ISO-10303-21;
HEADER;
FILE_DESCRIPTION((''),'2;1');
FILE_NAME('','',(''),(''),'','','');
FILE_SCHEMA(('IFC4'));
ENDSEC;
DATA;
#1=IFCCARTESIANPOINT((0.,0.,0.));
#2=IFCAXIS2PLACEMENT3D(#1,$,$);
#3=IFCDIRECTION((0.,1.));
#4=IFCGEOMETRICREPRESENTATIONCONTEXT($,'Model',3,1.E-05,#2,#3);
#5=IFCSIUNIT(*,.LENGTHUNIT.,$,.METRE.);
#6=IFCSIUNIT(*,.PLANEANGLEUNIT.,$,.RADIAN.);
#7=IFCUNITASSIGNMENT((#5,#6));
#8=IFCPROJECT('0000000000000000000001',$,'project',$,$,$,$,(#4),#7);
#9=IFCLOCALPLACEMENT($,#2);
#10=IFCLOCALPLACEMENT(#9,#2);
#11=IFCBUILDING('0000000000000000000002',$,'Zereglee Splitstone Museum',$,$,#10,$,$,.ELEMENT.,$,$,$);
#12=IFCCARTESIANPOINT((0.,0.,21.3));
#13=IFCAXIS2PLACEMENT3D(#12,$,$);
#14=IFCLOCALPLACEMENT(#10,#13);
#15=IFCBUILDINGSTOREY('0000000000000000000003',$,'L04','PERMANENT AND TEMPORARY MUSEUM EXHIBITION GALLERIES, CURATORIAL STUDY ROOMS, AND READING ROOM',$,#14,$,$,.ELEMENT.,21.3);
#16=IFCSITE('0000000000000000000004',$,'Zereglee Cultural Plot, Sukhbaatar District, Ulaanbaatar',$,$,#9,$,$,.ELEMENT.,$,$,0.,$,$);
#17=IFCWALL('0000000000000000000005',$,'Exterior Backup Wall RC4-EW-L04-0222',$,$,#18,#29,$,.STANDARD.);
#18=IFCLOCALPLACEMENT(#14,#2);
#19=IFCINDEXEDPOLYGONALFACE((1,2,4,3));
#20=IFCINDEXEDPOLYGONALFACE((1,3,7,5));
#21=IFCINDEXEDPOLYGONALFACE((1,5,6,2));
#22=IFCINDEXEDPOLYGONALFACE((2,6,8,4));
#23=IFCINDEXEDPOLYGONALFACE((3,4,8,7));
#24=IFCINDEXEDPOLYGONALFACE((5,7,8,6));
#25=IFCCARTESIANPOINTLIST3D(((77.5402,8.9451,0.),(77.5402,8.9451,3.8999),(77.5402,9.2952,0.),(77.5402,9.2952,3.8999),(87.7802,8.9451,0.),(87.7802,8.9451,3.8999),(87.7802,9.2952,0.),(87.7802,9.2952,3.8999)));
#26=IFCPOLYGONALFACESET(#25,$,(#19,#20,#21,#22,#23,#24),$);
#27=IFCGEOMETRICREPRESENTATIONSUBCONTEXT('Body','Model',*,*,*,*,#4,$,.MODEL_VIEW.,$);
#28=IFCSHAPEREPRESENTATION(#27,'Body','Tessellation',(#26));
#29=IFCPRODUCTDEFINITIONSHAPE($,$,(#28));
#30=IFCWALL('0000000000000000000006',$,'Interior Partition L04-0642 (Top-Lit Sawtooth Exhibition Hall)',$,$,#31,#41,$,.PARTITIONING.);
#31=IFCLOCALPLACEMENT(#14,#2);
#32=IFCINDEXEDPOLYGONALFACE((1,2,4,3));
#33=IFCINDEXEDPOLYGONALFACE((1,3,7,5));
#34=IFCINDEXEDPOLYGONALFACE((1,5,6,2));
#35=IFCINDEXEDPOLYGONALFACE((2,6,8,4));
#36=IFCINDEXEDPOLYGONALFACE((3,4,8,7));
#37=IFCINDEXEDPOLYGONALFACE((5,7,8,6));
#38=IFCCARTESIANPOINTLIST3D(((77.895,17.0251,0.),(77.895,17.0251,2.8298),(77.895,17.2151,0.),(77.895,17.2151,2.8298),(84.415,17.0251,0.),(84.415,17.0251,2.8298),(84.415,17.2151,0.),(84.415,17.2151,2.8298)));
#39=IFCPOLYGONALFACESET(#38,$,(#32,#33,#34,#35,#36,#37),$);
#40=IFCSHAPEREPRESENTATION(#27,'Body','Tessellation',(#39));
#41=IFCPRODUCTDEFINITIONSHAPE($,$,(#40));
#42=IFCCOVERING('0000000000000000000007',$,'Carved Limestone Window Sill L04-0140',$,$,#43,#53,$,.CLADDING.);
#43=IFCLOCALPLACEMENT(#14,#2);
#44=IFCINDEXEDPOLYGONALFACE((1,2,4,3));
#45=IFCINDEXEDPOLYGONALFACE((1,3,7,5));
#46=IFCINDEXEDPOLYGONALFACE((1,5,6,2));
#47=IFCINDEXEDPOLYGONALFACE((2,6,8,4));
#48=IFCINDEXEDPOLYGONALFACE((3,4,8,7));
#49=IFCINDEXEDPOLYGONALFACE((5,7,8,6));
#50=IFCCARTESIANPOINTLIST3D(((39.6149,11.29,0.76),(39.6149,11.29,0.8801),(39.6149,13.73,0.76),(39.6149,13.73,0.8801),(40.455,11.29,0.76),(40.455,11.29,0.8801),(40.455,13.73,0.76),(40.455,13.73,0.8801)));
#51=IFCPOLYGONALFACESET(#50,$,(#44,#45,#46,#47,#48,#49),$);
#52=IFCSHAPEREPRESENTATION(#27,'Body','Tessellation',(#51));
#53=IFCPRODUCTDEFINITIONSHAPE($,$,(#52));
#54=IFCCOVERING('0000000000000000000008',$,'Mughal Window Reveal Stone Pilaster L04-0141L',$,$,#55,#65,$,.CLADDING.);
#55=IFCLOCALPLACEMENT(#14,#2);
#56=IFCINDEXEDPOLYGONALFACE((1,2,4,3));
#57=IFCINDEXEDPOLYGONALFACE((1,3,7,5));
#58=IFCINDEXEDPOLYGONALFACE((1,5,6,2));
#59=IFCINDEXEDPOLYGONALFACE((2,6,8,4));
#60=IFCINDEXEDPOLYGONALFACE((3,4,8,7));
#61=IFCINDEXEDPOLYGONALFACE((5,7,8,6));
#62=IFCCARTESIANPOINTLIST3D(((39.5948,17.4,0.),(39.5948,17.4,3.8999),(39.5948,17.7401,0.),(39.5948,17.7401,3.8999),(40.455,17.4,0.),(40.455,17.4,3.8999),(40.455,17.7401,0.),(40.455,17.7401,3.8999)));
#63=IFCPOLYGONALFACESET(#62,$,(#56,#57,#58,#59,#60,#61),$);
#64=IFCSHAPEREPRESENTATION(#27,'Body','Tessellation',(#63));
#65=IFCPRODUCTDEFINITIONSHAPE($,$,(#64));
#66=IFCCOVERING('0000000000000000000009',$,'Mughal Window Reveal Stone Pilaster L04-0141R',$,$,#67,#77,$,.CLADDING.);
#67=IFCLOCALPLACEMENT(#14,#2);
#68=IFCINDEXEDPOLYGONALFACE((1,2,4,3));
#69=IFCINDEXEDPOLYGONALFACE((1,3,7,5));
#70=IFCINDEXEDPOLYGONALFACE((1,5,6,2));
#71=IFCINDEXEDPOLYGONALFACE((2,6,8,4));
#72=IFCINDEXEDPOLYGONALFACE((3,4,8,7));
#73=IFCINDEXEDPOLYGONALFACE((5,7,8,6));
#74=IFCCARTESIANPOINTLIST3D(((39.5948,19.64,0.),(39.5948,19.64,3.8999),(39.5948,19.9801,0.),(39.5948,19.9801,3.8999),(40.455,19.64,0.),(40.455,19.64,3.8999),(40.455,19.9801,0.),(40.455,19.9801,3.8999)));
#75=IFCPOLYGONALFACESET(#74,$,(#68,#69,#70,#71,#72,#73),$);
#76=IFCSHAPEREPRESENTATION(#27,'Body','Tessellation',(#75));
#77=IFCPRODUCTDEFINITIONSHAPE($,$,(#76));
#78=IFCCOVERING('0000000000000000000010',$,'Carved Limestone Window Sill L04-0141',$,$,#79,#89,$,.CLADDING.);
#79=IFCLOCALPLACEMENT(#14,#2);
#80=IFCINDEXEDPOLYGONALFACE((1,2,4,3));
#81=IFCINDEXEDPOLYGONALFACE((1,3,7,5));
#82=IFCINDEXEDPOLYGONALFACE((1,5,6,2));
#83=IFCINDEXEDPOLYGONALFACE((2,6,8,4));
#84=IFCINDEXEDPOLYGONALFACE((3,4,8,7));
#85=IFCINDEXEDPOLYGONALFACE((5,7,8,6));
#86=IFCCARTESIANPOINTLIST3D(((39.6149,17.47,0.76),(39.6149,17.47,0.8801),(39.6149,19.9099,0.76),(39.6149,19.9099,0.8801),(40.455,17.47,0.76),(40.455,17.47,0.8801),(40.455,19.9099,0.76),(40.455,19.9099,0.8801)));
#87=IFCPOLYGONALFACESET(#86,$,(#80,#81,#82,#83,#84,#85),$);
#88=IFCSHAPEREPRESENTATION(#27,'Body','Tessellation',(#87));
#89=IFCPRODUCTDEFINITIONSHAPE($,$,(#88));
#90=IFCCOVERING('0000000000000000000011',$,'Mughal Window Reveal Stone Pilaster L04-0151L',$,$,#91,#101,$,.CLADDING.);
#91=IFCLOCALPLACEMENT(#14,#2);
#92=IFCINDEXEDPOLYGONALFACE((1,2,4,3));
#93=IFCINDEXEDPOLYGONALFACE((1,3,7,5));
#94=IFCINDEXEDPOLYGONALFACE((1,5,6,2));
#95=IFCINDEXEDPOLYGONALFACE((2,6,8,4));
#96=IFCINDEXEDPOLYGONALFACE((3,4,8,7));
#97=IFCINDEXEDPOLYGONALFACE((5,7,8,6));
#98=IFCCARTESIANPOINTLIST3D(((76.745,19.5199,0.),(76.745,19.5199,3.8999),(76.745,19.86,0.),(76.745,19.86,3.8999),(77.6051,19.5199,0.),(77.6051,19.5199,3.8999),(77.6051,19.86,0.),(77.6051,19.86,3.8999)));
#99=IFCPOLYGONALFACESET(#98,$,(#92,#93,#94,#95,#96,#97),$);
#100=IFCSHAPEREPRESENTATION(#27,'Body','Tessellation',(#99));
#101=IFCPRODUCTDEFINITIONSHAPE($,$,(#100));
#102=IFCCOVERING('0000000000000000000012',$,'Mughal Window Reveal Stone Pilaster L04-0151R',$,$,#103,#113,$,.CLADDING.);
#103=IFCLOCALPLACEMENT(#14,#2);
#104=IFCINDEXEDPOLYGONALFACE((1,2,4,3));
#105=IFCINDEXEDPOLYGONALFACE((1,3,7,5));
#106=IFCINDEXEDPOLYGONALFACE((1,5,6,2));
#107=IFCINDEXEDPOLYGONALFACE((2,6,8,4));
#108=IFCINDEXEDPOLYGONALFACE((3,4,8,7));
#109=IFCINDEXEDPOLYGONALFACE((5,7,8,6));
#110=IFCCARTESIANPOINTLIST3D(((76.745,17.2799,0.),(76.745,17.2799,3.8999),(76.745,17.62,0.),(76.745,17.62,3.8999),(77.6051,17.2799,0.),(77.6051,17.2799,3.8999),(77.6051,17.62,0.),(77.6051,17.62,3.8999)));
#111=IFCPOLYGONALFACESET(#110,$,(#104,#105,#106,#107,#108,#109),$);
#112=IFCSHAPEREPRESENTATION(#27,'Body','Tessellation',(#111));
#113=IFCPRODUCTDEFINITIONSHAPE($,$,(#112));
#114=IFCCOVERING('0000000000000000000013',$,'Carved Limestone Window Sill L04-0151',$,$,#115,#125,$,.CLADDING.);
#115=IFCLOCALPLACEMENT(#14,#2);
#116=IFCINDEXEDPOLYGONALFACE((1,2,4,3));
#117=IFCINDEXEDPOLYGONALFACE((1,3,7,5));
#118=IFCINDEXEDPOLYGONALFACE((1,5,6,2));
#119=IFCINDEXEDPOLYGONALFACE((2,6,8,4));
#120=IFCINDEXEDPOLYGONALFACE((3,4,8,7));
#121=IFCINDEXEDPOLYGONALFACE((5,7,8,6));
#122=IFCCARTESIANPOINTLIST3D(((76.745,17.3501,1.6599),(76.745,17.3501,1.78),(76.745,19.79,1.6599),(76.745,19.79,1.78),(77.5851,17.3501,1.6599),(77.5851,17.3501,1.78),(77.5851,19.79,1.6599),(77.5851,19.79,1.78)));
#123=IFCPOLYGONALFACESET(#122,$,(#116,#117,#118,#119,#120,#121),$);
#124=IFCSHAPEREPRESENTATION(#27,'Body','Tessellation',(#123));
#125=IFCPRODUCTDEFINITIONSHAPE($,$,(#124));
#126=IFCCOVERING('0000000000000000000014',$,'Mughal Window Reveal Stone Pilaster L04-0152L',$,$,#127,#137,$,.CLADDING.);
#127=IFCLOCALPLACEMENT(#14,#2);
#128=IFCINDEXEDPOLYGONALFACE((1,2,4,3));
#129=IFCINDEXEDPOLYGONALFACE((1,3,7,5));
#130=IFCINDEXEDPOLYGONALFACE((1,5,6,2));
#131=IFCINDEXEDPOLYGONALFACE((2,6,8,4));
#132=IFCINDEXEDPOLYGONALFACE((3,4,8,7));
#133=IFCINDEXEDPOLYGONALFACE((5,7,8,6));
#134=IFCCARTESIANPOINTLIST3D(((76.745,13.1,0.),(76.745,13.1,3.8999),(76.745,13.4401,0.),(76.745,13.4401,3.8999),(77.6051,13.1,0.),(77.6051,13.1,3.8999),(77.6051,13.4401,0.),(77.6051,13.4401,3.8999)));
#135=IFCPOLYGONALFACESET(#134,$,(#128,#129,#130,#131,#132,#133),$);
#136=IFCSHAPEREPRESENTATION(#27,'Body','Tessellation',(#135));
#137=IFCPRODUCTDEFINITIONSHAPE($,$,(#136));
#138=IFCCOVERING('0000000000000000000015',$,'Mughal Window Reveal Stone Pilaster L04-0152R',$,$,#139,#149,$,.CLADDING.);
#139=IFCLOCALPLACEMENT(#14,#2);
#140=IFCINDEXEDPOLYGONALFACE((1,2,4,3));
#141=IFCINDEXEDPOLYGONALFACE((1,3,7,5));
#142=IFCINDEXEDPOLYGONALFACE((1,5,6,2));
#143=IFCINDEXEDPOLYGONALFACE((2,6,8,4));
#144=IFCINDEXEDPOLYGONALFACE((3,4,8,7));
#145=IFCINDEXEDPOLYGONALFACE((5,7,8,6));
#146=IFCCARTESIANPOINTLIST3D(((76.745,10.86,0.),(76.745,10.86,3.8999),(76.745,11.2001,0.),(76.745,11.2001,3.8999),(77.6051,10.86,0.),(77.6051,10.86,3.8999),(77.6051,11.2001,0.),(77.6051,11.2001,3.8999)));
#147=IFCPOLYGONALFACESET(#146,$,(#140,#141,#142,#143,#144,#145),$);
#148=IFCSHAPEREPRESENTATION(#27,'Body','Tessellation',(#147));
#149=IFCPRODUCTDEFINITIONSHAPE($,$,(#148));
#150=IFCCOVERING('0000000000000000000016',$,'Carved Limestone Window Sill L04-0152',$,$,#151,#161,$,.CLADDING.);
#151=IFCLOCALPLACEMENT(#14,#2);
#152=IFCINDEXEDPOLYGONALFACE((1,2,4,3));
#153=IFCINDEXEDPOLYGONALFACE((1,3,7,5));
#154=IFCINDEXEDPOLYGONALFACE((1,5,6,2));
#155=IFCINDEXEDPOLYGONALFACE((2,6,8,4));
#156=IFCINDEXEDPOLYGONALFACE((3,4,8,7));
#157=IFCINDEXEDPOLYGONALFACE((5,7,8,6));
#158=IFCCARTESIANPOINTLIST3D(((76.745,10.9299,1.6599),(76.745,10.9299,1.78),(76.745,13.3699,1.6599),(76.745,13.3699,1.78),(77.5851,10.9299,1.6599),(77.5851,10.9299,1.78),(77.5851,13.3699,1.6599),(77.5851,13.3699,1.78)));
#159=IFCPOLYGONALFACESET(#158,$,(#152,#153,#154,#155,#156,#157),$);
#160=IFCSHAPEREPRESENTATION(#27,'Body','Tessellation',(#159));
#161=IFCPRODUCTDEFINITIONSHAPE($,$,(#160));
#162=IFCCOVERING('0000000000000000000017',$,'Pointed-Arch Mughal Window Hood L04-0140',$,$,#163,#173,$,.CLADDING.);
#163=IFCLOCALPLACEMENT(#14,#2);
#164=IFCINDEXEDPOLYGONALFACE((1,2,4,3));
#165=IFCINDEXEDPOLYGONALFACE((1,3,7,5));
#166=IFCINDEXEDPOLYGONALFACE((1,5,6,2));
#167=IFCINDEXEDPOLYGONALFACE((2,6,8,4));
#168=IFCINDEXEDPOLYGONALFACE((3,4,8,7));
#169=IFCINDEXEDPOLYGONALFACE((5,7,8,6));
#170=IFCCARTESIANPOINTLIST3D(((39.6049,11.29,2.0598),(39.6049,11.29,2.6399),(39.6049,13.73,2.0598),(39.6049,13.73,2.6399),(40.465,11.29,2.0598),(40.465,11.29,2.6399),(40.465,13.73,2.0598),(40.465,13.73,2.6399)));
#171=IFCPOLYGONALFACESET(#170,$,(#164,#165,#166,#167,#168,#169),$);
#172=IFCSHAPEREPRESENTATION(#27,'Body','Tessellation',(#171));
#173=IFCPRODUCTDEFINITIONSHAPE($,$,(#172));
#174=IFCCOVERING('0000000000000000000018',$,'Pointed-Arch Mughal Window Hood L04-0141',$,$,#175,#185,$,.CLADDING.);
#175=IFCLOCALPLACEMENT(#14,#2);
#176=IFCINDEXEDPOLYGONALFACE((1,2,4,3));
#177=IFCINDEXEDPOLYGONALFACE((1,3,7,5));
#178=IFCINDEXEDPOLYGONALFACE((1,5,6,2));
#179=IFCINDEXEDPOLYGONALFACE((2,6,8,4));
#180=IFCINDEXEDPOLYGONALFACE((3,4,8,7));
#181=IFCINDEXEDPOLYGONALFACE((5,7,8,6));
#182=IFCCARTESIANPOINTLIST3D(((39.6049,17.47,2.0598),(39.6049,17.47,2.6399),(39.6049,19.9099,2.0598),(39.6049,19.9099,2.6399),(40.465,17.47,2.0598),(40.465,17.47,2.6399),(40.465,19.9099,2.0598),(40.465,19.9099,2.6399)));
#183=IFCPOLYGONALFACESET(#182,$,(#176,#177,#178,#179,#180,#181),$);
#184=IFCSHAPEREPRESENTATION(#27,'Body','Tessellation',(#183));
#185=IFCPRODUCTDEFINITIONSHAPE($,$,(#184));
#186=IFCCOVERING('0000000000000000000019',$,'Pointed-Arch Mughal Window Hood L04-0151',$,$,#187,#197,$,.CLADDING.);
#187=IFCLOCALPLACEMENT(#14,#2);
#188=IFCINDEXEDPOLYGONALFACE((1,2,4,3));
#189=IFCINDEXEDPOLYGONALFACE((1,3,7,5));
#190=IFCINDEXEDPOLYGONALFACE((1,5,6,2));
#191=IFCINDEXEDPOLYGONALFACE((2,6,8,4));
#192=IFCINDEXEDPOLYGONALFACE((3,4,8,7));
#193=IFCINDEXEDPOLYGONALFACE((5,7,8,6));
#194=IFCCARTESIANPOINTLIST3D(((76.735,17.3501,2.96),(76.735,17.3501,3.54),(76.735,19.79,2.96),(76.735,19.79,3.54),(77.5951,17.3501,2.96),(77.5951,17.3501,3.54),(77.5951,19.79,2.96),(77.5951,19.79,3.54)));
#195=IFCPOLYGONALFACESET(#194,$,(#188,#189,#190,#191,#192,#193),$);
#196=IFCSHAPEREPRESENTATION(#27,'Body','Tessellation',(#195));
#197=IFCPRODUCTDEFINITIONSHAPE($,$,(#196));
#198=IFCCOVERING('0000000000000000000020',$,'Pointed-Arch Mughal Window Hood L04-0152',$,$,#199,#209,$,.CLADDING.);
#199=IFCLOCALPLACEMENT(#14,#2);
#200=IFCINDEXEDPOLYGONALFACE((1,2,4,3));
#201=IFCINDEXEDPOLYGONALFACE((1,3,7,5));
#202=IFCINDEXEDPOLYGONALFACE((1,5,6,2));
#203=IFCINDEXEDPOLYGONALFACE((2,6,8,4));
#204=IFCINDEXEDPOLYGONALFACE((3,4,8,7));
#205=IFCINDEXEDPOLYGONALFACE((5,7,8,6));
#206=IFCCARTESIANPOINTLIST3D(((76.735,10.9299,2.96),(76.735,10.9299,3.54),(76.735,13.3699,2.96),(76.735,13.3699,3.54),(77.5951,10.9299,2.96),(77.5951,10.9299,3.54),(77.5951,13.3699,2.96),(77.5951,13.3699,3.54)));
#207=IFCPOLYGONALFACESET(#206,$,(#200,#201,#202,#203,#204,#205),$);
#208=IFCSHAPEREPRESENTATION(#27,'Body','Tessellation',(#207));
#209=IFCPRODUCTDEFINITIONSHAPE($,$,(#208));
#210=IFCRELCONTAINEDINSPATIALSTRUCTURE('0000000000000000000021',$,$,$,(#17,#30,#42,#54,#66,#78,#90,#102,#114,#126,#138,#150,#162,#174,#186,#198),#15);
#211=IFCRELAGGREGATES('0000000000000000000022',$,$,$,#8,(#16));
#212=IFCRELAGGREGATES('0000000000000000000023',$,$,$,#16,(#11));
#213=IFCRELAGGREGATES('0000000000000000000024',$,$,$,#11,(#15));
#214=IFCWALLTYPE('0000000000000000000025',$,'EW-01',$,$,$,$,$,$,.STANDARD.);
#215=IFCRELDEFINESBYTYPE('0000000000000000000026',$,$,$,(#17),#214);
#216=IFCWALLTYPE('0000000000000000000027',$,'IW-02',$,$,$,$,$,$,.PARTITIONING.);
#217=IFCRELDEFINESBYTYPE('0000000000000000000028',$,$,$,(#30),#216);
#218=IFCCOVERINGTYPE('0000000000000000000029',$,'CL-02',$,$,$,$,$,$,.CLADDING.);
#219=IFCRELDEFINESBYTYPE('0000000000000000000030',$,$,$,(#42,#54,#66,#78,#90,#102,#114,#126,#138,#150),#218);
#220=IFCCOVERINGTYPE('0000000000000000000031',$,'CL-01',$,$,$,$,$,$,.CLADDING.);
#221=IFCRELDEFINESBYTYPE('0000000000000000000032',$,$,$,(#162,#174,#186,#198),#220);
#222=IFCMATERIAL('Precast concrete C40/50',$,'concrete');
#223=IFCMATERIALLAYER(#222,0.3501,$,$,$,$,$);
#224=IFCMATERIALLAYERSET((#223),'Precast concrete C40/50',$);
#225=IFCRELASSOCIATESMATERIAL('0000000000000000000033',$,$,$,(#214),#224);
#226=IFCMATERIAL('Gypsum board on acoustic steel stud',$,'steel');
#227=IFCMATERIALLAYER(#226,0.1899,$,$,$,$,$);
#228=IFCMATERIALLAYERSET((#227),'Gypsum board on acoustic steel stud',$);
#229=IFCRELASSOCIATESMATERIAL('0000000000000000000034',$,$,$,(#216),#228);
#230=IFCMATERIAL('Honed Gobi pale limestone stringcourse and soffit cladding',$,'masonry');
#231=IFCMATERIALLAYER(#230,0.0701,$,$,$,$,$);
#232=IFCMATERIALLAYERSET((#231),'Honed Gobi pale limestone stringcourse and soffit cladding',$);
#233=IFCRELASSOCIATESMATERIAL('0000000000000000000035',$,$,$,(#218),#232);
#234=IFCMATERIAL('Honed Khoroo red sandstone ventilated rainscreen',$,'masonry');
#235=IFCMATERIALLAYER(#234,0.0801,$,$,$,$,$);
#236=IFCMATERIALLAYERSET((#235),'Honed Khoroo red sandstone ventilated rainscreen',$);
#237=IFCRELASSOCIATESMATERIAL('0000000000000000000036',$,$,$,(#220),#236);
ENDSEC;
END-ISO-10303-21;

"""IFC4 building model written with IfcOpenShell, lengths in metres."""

from ifc_helpers import new_model, si_unit, direction, frame, frame_2d, origin, origin_2d, place, context, subcontext, project, spatial, rectangle, extrude, material, layer, layer_set, type_object, element, save


model = new_model("IFC4")

# Units and contexts
model_context = context("Model", 3, precision=1e-05, world=origin(), true_north=direction((0.0, 1.0)))
body_context = subcontext(model_context, "Body", "Model", "MODEL_VIEW")
ifc_project = project(units=[si_unit("LENGTHUNIT", "METRE"), si_unit("PLANEANGLEUNIT", "RADIAN")], contexts=[model_context])

# Site, building, storey
site_placement = place(None, origin())
site = spatial("IfcSite", under=ifc_project, at=site_placement, Name="Zereglee Cultural Plot, Sukhbaatar District, Ulaanbaatar", CompositionType="ELEMENT", RefElevation=0.0)
building_placement = place(site_placement, origin())
building = spatial("IfcBuilding", under=site, at=building_placement, Name="Zereglee Splitstone Museum", CompositionType="ELEMENT")
storey_placement = place(building_placement, frame((0.0, 0.0, 21.3)))
storey = spatial("IfcBuildingStorey", under=building, at=storey_placement, Name="L04", Description="PERMANENT AND TEMPORARY MUSEUM EXHIBITION GALLERIES, CURATORIAL STUDY ROOMS, AND READING ROOM", CompositionType="ELEMENT", Elevation=21.3)

# Walls
ifc_material_1 = material(Name="Precast concrete C40/50", Category="concrete")
ifc_layer_1 = layer(ifc_material_1, 0.3501)
ifc_layer_set_1 = layer_set([ifc_layer_1], Name="Precast concrete C40/50")
wall_type_1 = type_object("IfcWallType", Name="EW-01", PredefinedType="STANDARD", material=ifc_layer_set_1)
wall_1_placement = place(storey_placement, frame((77.54, 9.1201, 0.0), z_axis=(0.0, 0.0, 1.0), x_axis=(1.0, 0.0, 0.0)))
element("IfcWall", 1, at=wall_1_placement, inside=storey, type_object=wall_type_1, Name="Exterior Backup Wall RC4-EW-L04-0222", PredefinedType="STANDARD", context=body_context, shape_type="SweptSolid", body=[
    extrude(rectangle(XDim=10.24, YDim=0.3501, at=frame_2d((5.1201, 0.0))), origin(), (0.0, 0.0, 1.0), 3.8999),
])
ifc_material_2 = material(Name="Gypsum board on acoustic steel stud", Category="steel")
ifc_layer_2 = layer(ifc_material_2, 0.1899)
ifc_layer_set_2 = layer_set([ifc_layer_2], Name="Gypsum board on acoustic steel stud")
wall_type_2 = type_object("IfcWallType", Name="IW-02", PredefinedType="PARTITIONING", material=ifc_layer_set_2)
wall_2_placement = place(storey_placement, frame((77.895, 17.1201, 0.0), z_axis=(0.0, 0.0, 1.0), x_axis=(1.0, 0.0, 0.0)))
element("IfcWall", 2, at=wall_2_placement, inside=storey, type_object=wall_type_2, Name="Interior Partition L04-0642 (Top-Lit Sawtooth Exhibition Hall)", PredefinedType="PARTITIONING", context=body_context, shape_type="SweptSolid", body=[
    extrude(rectangle(XDim=6.52, YDim=0.1899, at=frame_2d((3.26, 0.0))), origin(), (0.0, 0.0, 1.0), 2.8298),
])

# Coverings
ifc_material_3 = material(Name="Honed Gobi pale limestone stringcourse and soffit cladding", Category="masonry")
ifc_layer_3 = layer(ifc_material_3, 0.0701)
ifc_layer_set_3 = layer_set([ifc_layer_3], Name="Honed Gobi pale limestone stringcourse and soffit cladding")
covering_type_1 = type_object("IfcCoveringType", Name="CL-02", PredefinedType="CLADDING", material=ifc_layer_set_3)
covering_1_placement = place(storey_placement, frame((40.0349, 12.51, 0.76), z_axis=(0.0, 0.0, 1.0), x_axis=(0.0, 1.0, 0.0)))
element("IfcCovering", 3, at=covering_1_placement, inside=storey, type_object=covering_type_1, Name="Carved Limestone Window Sill L04-0140", PredefinedType="CLADDING", context=body_context, shape_type="SweptSolid", body=[
    extrude(rectangle(XDim=2.4399, YDim=0.8401, at=origin_2d()), origin(), (0.0, 0.0, 1.0), 0.1201),
])
for number, where, z_axis, x_axis, name in (
    (4, (40.0249, 17.5701, 0.0), (0.0, 0.0, 1.0), (0.0, 1.0, 0.0), "Mughal Window Reveal Stone Pilaster L04-0141L"),
    (5, (40.0249, 19.8101, 0.0), (0.0, 0.0, 1.0), (0.0, 1.0, 0.0), "Mughal Window Reveal Stone Pilaster L04-0141R"),
):
    element("IfcCovering", number, at=place(storey_placement, frame(where, z_axis=z_axis, x_axis=x_axis)), inside=storey, type_object=covering_type_1, Name=name, PredefinedType="CLADDING", context=body_context, shape_type="SweptSolid", body=[
        extrude(rectangle(XDim=0.3401, YDim=0.8601, at=origin_2d()), origin(), (0.0, 0.0, 1.0), 3.8999),
    ])
covering_2_placement = place(storey_placement, frame((40.0349, 18.6899, 0.76), z_axis=(0.0, 0.0, 1.0), x_axis=(0.0, 1.0, 0.0)))
element("IfcCovering", 6, at=covering_2_placement, inside=storey, type_object=covering_type_1, Name="Carved Limestone Window Sill L04-0141", PredefinedType="CLADDING", context=body_context, shape_type="SweptSolid", body=[
    extrude(rectangle(XDim=2.4399, YDim=0.8401, at=origin_2d()), origin(), (0.0, 0.0, 1.0), 0.1201),
])
for number, where, z_axis, x_axis, name in (
    (7, (77.175, 19.6899, 0.0), (0.0, 0.0, 1.0), (0.0, -1.0, 0.0), "Mughal Window Reveal Stone Pilaster L04-0151L"),
    (8, (77.175, 17.45, 0.0), (0.0, 0.0, 1.0), (0.0, -1.0, 0.0), "Mughal Window Reveal Stone Pilaster L04-0151R"),
):
    element("IfcCovering", number, at=place(storey_placement, frame(where, z_axis=z_axis, x_axis=x_axis)), inside=storey, type_object=covering_type_1, Name=name, PredefinedType="CLADDING", context=body_context, shape_type="SweptSolid", body=[
        extrude(rectangle(XDim=0.3401, YDim=0.8601, at=origin_2d()), origin(), (0.0, 0.0, 1.0), 3.8999),
    ])
covering_3_placement = place(storey_placement, frame((77.165, 18.5701, 1.6599), z_axis=(0.0, 0.0, 1.0), x_axis=(0.0, -1.0, 0.0)))
element("IfcCovering", 9, at=covering_3_placement, inside=storey, type_object=covering_type_1, Name="Carved Limestone Window Sill L04-0151", PredefinedType="CLADDING", context=body_context, shape_type="SweptSolid", body=[
    extrude(rectangle(XDim=2.4399, YDim=0.8401, at=origin_2d()), origin(), (0.0, 0.0, 1.0), 0.1201),
])
for number, where, z_axis, x_axis, name in (
    (10, (77.175, 13.27, 0.0), (0.0, 0.0, 1.0), (0.0, -1.0, 0.0), "Mughal Window Reveal Stone Pilaster L04-0152L"),
    (11, (77.175, 11.03, 0.0), (0.0, 0.0, 1.0), (0.0, -1.0, 0.0), "Mughal Window Reveal Stone Pilaster L04-0152R"),
):
    element("IfcCovering", number, at=place(storey_placement, frame(where, z_axis=z_axis, x_axis=x_axis)), inside=storey, type_object=covering_type_1, Name=name, PredefinedType="CLADDING", context=body_context, shape_type="SweptSolid", body=[
        extrude(rectangle(XDim=0.3401, YDim=0.8601, at=origin_2d()), origin(), (0.0, 0.0, 1.0), 3.8999),
    ])
covering_4_placement = place(storey_placement, frame((77.165, 12.1499, 1.6599), z_axis=(0.0, 0.0, 1.0), x_axis=(0.0, -1.0, 0.0)))
element("IfcCovering", 12, at=covering_4_placement, inside=storey, type_object=covering_type_1, Name="Carved Limestone Window Sill L04-0152", PredefinedType="CLADDING", context=body_context, shape_type="SweptSolid", body=[
    extrude(rectangle(XDim=2.4399, YDim=0.8401, at=origin_2d()), origin(), (0.0, 0.0, 1.0), 0.1201),
])
ifc_material_4 = material(Name="Honed Khoroo red sandstone ventilated rainscreen", Category="masonry")
ifc_layer_4 = layer(ifc_material_4, 0.0801)
ifc_layer_set_4 = layer_set([ifc_layer_4], Name="Honed Khoroo red sandstone ventilated rainscreen")
covering_type_2 = type_object("IfcCoveringType", Name="CL-01", PredefinedType="CLADDING", material=ifc_layer_set_4)
for number, where, z_axis, x_axis, name in (
    (13, (40.0349, 12.51, 2.0598), (0.0, 0.0, 1.0), (0.0, 1.0, 0.0), "Pointed-Arch Mughal Window Hood L04-0140"),
    (14, (40.0349, 18.6899, 2.0598), (0.0, 0.0, 1.0), (0.0, 1.0, 0.0), "Pointed-Arch Mughal Window Hood L04-0141"),
    (15, (77.165, 18.5701, 2.96), (0.0, 0.0, 1.0), (0.0, -1.0, 0.0), "Pointed-Arch Mughal Window Hood L04-0151"),
    (16, (77.165, 12.1499, 2.96), (0.0, 0.0, 1.0), (0.0, -1.0, 0.0), "Pointed-Arch Mughal Window Hood L04-0152"),
):
    element("IfcCovering", number, at=place(storey_placement, frame(where, z_axis=z_axis, x_axis=x_axis)), inside=storey, type_object=covering_type_2, Name=name, PredefinedType="CLADDING", context=body_context, shape_type="SweptSolid", body=[
        extrude(rectangle(XDim=2.4399, YDim=0.8601, at=origin_2d()), origin(), (0.0, 0.0, 1.0), 0.5801),
    ])

save(model, "model.ifc")
